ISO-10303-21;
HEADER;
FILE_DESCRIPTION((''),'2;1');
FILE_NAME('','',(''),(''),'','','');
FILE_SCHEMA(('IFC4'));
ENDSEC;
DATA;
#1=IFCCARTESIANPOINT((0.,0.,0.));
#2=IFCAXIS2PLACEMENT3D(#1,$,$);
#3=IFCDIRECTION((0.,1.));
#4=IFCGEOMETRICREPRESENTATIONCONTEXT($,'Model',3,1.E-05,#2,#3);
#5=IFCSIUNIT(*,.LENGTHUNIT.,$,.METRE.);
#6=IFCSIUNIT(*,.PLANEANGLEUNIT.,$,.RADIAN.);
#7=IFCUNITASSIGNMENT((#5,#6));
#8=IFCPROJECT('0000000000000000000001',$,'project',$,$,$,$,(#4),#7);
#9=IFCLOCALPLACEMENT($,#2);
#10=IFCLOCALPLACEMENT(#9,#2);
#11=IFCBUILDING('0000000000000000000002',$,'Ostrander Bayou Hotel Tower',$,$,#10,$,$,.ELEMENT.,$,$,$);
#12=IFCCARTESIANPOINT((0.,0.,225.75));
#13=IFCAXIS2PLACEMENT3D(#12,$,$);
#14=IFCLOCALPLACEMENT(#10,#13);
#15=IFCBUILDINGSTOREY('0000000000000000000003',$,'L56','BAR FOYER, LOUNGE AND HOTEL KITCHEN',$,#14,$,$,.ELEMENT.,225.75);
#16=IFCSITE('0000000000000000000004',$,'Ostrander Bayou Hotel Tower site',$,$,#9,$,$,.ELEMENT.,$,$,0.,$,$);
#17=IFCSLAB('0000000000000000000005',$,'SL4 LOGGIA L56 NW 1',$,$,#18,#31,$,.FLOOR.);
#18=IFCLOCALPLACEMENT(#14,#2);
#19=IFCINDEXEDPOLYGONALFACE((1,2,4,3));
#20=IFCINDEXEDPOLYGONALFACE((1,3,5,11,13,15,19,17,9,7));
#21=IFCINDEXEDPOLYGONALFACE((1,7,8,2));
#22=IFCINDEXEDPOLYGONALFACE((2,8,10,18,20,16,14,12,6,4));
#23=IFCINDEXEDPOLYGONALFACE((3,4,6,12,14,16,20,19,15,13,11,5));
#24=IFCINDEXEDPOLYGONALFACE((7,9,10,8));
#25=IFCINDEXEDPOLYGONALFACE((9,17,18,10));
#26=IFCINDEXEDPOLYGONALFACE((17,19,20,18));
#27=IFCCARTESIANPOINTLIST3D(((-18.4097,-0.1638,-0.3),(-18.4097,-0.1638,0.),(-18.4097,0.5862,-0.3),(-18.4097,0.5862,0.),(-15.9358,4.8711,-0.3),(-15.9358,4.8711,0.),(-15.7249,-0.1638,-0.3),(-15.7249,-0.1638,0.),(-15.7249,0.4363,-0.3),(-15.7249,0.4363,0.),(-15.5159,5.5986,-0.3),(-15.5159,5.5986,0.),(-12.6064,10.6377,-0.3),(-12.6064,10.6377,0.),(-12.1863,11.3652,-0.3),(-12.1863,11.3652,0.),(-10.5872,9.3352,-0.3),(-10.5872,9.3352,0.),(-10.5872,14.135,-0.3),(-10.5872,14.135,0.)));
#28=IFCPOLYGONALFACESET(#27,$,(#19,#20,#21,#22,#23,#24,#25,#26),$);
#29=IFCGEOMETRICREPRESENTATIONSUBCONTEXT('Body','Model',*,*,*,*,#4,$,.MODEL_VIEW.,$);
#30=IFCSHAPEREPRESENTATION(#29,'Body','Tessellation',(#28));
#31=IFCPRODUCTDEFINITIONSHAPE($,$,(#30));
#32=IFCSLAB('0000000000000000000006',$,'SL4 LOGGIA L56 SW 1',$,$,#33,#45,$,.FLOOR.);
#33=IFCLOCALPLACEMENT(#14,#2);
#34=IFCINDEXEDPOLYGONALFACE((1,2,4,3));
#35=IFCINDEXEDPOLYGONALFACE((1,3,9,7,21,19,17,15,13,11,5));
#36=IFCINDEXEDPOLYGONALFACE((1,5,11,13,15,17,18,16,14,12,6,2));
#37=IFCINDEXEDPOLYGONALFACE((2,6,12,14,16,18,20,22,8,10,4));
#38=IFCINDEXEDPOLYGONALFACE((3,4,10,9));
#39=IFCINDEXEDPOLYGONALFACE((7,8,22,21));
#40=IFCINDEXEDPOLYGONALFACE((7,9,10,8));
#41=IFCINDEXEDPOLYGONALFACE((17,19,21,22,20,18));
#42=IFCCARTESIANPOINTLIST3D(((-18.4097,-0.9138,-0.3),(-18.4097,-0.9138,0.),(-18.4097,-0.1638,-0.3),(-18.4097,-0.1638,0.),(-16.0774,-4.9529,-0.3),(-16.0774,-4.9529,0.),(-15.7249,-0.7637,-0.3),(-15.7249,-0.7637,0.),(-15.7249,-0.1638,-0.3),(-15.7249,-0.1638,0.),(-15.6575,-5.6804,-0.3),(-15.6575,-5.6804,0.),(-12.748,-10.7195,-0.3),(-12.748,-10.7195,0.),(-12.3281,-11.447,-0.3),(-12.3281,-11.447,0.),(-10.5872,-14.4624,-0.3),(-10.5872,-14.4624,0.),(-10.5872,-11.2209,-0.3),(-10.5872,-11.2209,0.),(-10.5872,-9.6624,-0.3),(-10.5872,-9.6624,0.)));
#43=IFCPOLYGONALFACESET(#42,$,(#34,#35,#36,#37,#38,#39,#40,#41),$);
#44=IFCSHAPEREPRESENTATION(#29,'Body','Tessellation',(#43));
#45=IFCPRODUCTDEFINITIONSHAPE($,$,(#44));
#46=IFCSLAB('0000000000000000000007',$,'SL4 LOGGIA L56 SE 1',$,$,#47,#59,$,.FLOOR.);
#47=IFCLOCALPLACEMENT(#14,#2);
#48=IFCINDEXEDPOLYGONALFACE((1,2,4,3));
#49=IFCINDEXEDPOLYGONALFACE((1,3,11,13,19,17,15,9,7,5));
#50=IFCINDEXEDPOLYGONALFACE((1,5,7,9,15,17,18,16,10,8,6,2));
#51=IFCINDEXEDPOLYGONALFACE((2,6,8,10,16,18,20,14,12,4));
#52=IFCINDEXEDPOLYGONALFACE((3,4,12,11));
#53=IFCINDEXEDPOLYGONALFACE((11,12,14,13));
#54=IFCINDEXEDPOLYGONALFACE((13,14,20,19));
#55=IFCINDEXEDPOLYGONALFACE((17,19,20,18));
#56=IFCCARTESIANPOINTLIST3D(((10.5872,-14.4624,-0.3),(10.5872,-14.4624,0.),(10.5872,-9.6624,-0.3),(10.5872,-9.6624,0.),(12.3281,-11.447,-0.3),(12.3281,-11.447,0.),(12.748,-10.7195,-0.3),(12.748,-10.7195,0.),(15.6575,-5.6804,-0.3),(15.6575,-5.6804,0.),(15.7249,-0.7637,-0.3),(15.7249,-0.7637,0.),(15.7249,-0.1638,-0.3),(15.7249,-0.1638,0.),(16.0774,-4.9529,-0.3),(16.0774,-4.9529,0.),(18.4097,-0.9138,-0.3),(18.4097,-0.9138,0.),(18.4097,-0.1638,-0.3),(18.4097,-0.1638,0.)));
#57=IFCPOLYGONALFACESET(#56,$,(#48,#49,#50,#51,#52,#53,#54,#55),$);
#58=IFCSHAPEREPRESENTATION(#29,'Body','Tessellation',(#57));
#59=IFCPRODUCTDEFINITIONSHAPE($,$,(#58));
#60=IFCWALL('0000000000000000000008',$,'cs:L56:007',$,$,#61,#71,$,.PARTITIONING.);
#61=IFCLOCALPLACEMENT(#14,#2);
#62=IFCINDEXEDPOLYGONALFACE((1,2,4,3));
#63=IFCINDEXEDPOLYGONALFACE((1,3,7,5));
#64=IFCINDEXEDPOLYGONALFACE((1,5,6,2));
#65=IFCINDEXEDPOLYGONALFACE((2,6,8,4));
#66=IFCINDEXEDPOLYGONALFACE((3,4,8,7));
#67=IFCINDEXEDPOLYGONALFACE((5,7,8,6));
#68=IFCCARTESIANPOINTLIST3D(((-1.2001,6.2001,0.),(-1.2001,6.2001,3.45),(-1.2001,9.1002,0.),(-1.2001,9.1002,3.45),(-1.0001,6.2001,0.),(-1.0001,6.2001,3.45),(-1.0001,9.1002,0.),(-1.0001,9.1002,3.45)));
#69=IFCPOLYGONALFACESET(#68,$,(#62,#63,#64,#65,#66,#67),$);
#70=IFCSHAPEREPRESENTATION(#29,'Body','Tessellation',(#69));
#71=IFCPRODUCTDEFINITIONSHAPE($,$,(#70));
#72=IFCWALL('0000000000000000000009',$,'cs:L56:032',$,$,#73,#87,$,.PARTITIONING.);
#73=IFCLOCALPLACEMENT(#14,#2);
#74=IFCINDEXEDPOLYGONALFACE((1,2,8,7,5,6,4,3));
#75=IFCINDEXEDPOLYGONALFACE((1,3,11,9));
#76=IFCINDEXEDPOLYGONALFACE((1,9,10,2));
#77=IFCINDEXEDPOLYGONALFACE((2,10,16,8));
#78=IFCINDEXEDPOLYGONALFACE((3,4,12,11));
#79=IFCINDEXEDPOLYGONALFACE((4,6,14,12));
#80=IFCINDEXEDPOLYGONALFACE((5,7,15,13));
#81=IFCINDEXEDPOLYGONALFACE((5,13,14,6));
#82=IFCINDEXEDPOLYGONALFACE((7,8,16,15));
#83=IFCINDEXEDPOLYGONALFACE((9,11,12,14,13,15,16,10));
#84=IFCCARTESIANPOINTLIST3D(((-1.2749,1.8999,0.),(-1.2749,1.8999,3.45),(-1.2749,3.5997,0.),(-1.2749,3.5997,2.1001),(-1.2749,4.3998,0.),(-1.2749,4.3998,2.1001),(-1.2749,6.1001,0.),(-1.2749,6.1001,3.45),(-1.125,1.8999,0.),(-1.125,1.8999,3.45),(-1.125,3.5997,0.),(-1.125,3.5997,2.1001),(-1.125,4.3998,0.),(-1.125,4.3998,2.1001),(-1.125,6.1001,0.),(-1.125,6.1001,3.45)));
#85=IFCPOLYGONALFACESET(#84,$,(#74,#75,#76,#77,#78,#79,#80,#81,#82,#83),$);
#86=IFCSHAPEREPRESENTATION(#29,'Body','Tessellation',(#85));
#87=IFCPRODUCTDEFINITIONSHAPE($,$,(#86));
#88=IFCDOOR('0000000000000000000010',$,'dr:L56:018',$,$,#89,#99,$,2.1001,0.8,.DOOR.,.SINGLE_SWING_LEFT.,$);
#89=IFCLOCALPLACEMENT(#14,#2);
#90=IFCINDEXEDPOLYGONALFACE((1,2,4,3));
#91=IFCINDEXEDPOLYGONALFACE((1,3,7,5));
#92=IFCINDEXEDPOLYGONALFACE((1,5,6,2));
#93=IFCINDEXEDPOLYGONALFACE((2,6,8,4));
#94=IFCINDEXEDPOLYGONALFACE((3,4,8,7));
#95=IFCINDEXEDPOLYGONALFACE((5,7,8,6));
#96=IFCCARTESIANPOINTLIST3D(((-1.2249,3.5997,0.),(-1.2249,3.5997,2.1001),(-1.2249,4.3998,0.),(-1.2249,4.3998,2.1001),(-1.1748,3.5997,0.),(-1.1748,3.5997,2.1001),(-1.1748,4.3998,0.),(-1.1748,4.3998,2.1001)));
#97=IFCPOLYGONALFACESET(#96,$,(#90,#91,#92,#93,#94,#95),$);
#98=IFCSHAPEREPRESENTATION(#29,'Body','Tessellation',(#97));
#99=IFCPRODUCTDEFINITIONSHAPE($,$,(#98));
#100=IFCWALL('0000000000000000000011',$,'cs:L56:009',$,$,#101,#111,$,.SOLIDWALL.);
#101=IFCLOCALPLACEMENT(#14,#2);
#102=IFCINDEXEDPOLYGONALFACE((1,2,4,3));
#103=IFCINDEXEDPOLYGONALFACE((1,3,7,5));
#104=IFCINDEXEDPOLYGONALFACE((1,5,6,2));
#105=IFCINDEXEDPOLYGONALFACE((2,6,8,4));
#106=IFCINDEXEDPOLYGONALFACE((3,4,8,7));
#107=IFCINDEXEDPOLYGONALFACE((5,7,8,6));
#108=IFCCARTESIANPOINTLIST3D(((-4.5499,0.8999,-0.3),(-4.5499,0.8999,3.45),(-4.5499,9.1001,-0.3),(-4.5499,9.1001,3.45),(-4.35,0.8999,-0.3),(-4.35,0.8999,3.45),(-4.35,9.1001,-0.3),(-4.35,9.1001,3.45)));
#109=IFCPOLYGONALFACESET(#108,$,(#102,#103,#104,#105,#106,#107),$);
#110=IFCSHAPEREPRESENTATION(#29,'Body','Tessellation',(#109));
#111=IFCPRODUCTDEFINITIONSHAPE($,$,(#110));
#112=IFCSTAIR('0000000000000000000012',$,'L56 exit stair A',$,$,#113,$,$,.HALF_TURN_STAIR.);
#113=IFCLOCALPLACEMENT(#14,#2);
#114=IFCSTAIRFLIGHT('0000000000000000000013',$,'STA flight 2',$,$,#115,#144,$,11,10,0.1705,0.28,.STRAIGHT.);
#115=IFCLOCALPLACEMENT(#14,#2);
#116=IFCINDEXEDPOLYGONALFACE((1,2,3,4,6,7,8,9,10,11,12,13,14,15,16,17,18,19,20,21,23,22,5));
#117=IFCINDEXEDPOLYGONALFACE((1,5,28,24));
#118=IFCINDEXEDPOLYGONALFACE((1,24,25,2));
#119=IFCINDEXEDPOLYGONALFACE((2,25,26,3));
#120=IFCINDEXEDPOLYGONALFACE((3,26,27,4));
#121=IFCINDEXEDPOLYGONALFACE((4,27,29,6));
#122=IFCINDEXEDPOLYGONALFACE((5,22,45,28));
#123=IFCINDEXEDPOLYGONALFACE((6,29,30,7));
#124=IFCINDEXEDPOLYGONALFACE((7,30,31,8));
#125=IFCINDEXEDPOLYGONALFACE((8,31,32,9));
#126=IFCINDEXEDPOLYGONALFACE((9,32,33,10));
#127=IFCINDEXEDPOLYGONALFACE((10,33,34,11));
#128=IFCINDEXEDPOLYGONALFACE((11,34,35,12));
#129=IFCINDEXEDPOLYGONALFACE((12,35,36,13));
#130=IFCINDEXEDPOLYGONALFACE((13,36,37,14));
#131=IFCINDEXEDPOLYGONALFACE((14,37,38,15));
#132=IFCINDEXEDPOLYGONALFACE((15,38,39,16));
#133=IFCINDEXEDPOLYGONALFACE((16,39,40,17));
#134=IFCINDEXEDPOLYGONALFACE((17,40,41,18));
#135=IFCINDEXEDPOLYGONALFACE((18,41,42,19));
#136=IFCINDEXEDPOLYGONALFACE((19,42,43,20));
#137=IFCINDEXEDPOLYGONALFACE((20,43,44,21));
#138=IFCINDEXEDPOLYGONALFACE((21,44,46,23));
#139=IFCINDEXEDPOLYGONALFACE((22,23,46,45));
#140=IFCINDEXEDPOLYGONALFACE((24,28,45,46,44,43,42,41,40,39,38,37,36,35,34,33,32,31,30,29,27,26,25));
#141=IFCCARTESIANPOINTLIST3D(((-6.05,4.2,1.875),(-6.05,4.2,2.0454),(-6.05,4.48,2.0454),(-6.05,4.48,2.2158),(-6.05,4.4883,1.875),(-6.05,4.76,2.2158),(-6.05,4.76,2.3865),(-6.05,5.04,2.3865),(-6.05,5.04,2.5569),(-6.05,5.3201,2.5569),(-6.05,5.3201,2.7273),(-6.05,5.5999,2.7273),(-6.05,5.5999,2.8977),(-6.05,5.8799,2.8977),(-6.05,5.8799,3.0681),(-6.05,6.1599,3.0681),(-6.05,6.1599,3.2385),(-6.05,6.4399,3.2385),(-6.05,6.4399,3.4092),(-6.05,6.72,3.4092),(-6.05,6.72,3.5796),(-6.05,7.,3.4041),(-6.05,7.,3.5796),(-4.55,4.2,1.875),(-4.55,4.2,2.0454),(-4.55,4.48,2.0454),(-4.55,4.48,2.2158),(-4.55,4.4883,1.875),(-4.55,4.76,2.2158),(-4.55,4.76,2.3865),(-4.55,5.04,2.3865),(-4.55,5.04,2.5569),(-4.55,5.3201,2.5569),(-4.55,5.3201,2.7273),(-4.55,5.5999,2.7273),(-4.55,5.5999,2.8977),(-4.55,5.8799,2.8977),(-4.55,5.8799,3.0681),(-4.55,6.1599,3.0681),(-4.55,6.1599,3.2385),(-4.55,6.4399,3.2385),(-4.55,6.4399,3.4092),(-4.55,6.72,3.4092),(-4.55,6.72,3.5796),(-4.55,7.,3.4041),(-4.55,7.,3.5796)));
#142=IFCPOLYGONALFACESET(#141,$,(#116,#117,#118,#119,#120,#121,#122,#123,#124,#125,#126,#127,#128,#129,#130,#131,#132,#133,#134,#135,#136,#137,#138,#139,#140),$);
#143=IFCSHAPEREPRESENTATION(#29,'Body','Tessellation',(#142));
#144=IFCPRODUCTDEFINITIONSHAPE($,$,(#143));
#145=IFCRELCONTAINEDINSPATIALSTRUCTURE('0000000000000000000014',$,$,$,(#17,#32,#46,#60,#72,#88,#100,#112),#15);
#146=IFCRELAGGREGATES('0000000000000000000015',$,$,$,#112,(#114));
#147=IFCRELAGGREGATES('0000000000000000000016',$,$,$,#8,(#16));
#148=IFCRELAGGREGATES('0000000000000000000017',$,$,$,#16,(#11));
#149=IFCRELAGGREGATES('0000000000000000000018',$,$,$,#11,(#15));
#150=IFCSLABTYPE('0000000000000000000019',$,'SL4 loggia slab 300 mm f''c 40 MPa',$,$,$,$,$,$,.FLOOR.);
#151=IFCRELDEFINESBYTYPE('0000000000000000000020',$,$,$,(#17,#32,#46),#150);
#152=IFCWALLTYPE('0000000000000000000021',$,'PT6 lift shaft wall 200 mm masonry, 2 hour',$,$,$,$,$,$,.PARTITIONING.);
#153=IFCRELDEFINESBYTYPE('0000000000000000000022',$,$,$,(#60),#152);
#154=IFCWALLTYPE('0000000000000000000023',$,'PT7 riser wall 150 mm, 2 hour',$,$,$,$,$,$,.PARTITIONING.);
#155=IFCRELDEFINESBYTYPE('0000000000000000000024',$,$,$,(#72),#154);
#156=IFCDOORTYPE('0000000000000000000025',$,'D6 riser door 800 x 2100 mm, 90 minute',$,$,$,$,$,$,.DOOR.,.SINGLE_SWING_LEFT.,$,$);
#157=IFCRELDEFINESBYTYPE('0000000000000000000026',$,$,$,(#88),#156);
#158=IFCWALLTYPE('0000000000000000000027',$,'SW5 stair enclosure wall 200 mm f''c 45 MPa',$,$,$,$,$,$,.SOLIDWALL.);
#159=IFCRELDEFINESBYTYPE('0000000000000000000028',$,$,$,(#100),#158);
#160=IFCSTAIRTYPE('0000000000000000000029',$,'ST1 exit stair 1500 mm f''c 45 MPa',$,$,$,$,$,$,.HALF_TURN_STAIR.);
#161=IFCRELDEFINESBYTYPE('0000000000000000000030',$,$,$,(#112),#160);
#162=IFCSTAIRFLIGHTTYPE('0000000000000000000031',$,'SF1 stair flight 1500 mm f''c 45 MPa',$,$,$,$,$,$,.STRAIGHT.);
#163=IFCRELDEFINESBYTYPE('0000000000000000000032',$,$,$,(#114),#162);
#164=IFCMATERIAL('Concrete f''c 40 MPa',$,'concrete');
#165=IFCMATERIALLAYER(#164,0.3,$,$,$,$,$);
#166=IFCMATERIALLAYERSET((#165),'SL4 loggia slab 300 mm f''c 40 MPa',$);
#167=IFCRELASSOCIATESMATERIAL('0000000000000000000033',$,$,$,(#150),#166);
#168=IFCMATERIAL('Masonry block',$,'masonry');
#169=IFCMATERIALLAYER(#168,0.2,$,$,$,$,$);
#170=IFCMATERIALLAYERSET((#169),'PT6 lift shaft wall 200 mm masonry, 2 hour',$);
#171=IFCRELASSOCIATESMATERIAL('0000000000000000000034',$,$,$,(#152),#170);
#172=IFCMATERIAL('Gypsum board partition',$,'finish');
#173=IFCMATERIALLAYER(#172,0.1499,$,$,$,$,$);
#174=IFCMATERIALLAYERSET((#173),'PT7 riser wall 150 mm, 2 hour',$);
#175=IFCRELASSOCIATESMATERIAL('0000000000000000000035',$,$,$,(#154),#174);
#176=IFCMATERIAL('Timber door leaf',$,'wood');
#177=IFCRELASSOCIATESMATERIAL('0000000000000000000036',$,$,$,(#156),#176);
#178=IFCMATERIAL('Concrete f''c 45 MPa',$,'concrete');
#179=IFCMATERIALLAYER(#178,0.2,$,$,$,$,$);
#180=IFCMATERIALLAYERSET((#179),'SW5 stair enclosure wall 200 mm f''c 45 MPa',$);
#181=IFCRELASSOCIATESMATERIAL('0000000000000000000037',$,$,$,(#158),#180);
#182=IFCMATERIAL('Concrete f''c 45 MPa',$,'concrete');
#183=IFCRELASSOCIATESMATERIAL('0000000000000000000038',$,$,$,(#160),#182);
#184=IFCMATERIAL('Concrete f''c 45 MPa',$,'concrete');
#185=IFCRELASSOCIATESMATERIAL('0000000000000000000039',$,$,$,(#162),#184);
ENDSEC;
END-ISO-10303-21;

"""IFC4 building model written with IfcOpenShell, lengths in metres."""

from ifc_helpers import new_model, si_unit, direction, frame, frame_2d, origin, place, context, subcontext, project, spatial, polyline, rectangle, outline, extrude, material, layer, layer_set, type_object, element, fill, aggregate, save


model = new_model("IFC4")

# Units and contexts
model_context = context("Model", 3, precision=1e-05, world=origin(), true_north=direction((0.0, 1.0)))
body_context = subcontext(model_context, "Body", "Model", "MODEL_VIEW")
ifc_project = project(units=[si_unit("LENGTHUNIT", "METRE"), si_unit("PLANEANGLEUNIT", "RADIAN")], contexts=[model_context])

# Site, building, storey
site_placement = place(None, origin())
site = spatial("IfcSite", under=ifc_project, at=site_placement, Name="Ostrander Bayou Hotel Tower site", CompositionType="ELEMENT", RefElevation=0.0)
building_placement = place(site_placement, origin())
building = spatial("IfcBuilding", under=site, at=building_placement, Name="Ostrander Bayou Hotel Tower", CompositionType="ELEMENT")
storey_placement = place(building_placement, frame((0.0, 0.0, 225.75)))
storey = spatial("IfcBuildingStorey", under=building, at=storey_placement, Name="L56", Description="BAR FOYER, LOUNGE AND HOTEL KITCHEN", CompositionType="ELEMENT", Elevation=225.75)

# Slabs
ifc_material_1 = material(Name="Concrete f'c 40 MPa", Category="concrete")
ifc_layer_1 = layer(ifc_material_1, 0.3)
ifc_layer_set_1 = layer_set([ifc_layer_1], Name="SL4 loggia slab 300 mm f'c 40 MPa")
slab_type = type_object("IfcSlabType", Name="SL4 loggia slab 300 mm f'c 40 MPa", PredefinedType="FLOOR", material=ifc_layer_set_1)
slab_1_placement = place(storey_placement, frame((0.0, 0.0, -0.3)))
element("IfcSlab", 1, at=slab_1_placement, inside=storey, type_object=slab_type, Name="SL4 LOGGIA L56 NW 1", PredefinedType="FLOOR", context=body_context, shape_type="SweptSolid", body=[
    extrude(outline(polyline([(-10.5872, 14.135), (-10.5872, 9.3352), (-15.7249, 0.4363), (-15.7249, -0.1638), (-18.4097, -0.1638), (-18.4097, 0.5862), (-15.9358, 4.8711), (-15.5159, 5.5986), (-12.6064, 10.6377), (-12.1863, 11.3652), (-10.5872, 14.135)])), origin(), (0.0, 0.0, 1.0), 0.3),
])
slab_2_placement = place(storey_placement, frame((0.0, 0.0, -0.3)))
element("IfcSlab", 2, at=slab_2_placement, inside=storey, type_object=slab_type, Name="SL4 LOGGIA L56 SW 1", PredefinedType="FLOOR", context=body_context, shape_type="SweptSolid", body=[
    extrude(outline(polyline([(-10.5872, -11.2209), (-10.5872, -14.4624), (-12.3281, -11.447), (-12.748, -10.7195), (-15.6575, -5.6804), (-16.0774, -4.9529), (-18.4097, -0.9138), (-18.4097, -0.1638), (-15.7249, -0.1638), (-15.7249, -0.7637), (-10.5872, -9.6624), (-10.5872, -11.2209)])), origin(), (0.0, 0.0, 1.0), 0.3),
])
slab_3_placement = place(storey_placement, frame((0.0, 0.0, -0.3)))
element("IfcSlab", 3, at=slab_3_placement, inside=storey, type_object=slab_type, Name="SL4 LOGGIA L56 SE 1", PredefinedType="FLOOR", context=body_context, shape_type="SweptSolid", body=[
    extrude(outline(polyline([(12.3281, -11.447), (10.5872, -14.4624), (10.5872, -9.6624), (15.7249, -0.7637), (15.7249, -0.1638), (18.4097, -0.1638), (18.4097, -0.9138), (16.0774, -4.9529), (15.6575, -5.6804), (12.748, -10.7195), (12.3281, -11.447)])), origin(), (0.0, 0.0, 1.0), 0.3),
])

# Shared definitions
ifc_material_2 = material(Name="Masonry block", Category="masonry")
ifc_layer_2 = layer(ifc_material_2, 0.2)
ifc_layer_set_2 = layer_set([ifc_layer_2], Name="PT6 lift shaft wall 200 mm masonry, 2 hour")
wall_type_1 = type_object("IfcWallType", Name="PT6 lift shaft wall 200 mm masonry, 2 hour", PredefinedType="PARTITIONING", material=ifc_layer_set_2)

# Wall
wall_1_placement = place(storey_placement, frame((-1.1001, 6.2, 0.0), z_axis=(0.0, 0.0, 1.0), x_axis=(0.0, 1.0, 0.0)))
element("IfcWall", 4, at=wall_1_placement, inside=storey, type_object=wall_type_1, Name="cs:L56:007", PredefinedType="PARTITIONING", context=body_context, shape_type="SweptSolid", body=[
    extrude(rectangle(XDim=2.9001, YDim=0.2, at=frame_2d((1.4502, 0.0))), origin(), (0.0, 0.0, 1.0), 3.45),
])

# Wall, opening, door
ifc_material_3 = material(Name="Gypsum board partition", Category="finish")
ifc_layer_3 = layer(ifc_material_3, 0.1499)
ifc_layer_set_3 = layer_set([ifc_layer_3], Name="PT7 riser wall 150 mm, 2 hour")
wall_type_2 = type_object("IfcWallType", Name="PT7 riser wall 150 mm, 2 hour", PredefinedType="PARTITIONING", material=ifc_layer_set_3)
wall_2_placement = place(storey_placement, frame((-1.2, 1.8999, 0.0), z_axis=(0.0, 0.0, 1.0), x_axis=(0.0, 1.0, 0.0)))
wall_2 = element("IfcWall", 5, at=wall_2_placement, inside=storey, type_object=wall_type_2, Name="cs:L56:032", PredefinedType="PARTITIONING", context=body_context, shape_type="SweptSolid", body=[
    extrude(rectangle(XDim=4.2002, YDim=0.1499, at=frame_2d((2.1001, 0.0))), origin(), (0.0, 0.0, 1.0), 3.45),
])
opening_1_placement = place(wall_2_placement, frame((1.7, 0.0, 0.0)))
opening_1 = element("IfcOpeningElement", 6, at=opening_1_placement, cuts=wall_2, PredefinedType="OPENING", context=body_context, shape_type="SweptSolid", body=[
    extrude(rectangle(XDim=0.8, YDim=2.1001, at=frame_2d((0.3999, 1.05))), frame((0.0, 0.075, 0.0), z_axis=(0.0, -1.0, 0.0), x_axis=(1.0, 0.0, 0.0)), (0.0, 0.0, 1.0), 0.1499),
])
ifc_material_4 = material(Name="Timber door leaf", Category="wood")
door_type_1 = type_object("IfcDoorType", Name="D6 riser door 800 x 2100 mm, 90 minute", OperationType="SINGLE_SWING_LEFT", PredefinedType="DOOR", material=ifc_material_4)
door_1_placement = place(opening_1_placement, origin())
door_1 = element("IfcDoor", 7, at=door_1_placement, inside=storey, type_object=door_type_1, Name="dr:L56:018", OperationType="SINGLE_SWING_LEFT", OverallHeight=2.1001, OverallWidth=0.8, PredefinedType="DOOR", context=body_context, shape_type="SweptSolid", body=[
    extrude(rectangle(XDim=0.8, YDim=2.1001, at=frame_2d((0.3999, 1.05))), frame((0.0, 0.0249, 0.0), z_axis=(0.0, -1.0, 0.0), x_axis=(1.0, 0.0, 0.0)), (0.0, 0.0, 1.0), 0.05),
])
fill(opening_1, door_1)

# Wall
ifc_material_5 = material(Name="Concrete f'c 45 MPa", Category="concrete")
ifc_layer_4 = layer(ifc_material_5, 0.2)
ifc_layer_set_4 = layer_set([ifc_layer_4], Name="SW5 stair enclosure wall 200 mm f'c 45 MPa")
wall_type_3 = type_object("IfcWallType", Name="SW5 stair enclosure wall 200 mm f'c 45 MPa", PredefinedType="SOLIDWALL", material=ifc_layer_set_4)
wall_3_placement = place(storey_placement, frame((-4.45, 0.8999, -0.3), z_axis=(0.0, 0.0, 1.0), x_axis=(0.0, 1.0, 0.0)))
element("IfcWall", 8, at=wall_3_placement, inside=storey, type_object=wall_type_3, Name="cs:L56:009", PredefinedType="SOLIDWALL", context=body_context, shape_type="SweptSolid", body=[
    extrude(rectangle(XDim=8.2002, YDim=0.2, at=frame_2d((4.1001, 0.0))), origin(), (0.0, 0.0, 1.0), 3.75),
])

# Stair, stair flight
ifc_material_6 = material(Name="Concrete f'c 45 MPa", Category="concrete")
stair_type = type_object("IfcStairType", Name="ST1 exit stair 1500 mm f'c 45 MPa", PredefinedType="HALF_TURN_STAIR", material=ifc_material_6)
stair_placement = place(storey_placement, origin())
stair = element("IfcStair", 9, at=stair_placement, inside=storey, type_object=stair_type, Name="L56 exit stair A", PredefinedType="HALF_TURN_STAIR")
ifc_material_7 = material(Name="Concrete f'c 45 MPa", Category="concrete")
stair_flight_type = type_object("IfcStairFlightType", Name="SF1 stair flight 1500 mm f'c 45 MPa", PredefinedType="STRAIGHT", material=ifc_material_7)
stair_flight_placement = place(storey_placement, frame((-5.3, 4.2, 1.875), z_axis=(0.0, 0.0, 1.0), x_axis=(0.0, 1.0, 0.0)))
stair_flight = element("IfcStairFlight", 10, at=stair_flight_placement, type_object=stair_flight_type, Name="STA flight 2", NumberOfRisers=11, NumberOfTreads=10, PredefinedType="STRAIGHT", RiserHeight=0.1705, TreadLength=0.28, context=body_context, shape_type="SweptSolid", body=[
    extrude(outline(polyline([(0.0, 0.0), (0.0, 0.1704), (0.28, 0.1704), (0.28, 0.3408), (0.5601, 0.3408), (0.5601, 0.5115), (0.8401, 0.5115), (0.8401, 0.6819), (1.1201, 0.6819), (1.1201, 0.8523), (1.3999, 0.8523), (1.3999, 1.0227), (1.6799, 1.0227), (1.6799, 1.1931), (1.96, 1.1931), (1.96, 1.3635), (2.24, 1.3635), (2.24, 1.5342), (2.52, 1.5342), (2.52, 1.7046), (2.8, 1.7046), (2.8, 1.875), (2.8, 1.5291), (0.2883, 0.0), (0.0, 0.0)])), frame((0.0, 0.75, 0.0), z_axis=(0.0, -1.0, 0.0), x_axis=(1.0, 0.0, 0.0)), (0.0, 0.0, 1.0), 1.5),
])
aggregate(stair, [stair_flight])

save(model, "model.ifc")
